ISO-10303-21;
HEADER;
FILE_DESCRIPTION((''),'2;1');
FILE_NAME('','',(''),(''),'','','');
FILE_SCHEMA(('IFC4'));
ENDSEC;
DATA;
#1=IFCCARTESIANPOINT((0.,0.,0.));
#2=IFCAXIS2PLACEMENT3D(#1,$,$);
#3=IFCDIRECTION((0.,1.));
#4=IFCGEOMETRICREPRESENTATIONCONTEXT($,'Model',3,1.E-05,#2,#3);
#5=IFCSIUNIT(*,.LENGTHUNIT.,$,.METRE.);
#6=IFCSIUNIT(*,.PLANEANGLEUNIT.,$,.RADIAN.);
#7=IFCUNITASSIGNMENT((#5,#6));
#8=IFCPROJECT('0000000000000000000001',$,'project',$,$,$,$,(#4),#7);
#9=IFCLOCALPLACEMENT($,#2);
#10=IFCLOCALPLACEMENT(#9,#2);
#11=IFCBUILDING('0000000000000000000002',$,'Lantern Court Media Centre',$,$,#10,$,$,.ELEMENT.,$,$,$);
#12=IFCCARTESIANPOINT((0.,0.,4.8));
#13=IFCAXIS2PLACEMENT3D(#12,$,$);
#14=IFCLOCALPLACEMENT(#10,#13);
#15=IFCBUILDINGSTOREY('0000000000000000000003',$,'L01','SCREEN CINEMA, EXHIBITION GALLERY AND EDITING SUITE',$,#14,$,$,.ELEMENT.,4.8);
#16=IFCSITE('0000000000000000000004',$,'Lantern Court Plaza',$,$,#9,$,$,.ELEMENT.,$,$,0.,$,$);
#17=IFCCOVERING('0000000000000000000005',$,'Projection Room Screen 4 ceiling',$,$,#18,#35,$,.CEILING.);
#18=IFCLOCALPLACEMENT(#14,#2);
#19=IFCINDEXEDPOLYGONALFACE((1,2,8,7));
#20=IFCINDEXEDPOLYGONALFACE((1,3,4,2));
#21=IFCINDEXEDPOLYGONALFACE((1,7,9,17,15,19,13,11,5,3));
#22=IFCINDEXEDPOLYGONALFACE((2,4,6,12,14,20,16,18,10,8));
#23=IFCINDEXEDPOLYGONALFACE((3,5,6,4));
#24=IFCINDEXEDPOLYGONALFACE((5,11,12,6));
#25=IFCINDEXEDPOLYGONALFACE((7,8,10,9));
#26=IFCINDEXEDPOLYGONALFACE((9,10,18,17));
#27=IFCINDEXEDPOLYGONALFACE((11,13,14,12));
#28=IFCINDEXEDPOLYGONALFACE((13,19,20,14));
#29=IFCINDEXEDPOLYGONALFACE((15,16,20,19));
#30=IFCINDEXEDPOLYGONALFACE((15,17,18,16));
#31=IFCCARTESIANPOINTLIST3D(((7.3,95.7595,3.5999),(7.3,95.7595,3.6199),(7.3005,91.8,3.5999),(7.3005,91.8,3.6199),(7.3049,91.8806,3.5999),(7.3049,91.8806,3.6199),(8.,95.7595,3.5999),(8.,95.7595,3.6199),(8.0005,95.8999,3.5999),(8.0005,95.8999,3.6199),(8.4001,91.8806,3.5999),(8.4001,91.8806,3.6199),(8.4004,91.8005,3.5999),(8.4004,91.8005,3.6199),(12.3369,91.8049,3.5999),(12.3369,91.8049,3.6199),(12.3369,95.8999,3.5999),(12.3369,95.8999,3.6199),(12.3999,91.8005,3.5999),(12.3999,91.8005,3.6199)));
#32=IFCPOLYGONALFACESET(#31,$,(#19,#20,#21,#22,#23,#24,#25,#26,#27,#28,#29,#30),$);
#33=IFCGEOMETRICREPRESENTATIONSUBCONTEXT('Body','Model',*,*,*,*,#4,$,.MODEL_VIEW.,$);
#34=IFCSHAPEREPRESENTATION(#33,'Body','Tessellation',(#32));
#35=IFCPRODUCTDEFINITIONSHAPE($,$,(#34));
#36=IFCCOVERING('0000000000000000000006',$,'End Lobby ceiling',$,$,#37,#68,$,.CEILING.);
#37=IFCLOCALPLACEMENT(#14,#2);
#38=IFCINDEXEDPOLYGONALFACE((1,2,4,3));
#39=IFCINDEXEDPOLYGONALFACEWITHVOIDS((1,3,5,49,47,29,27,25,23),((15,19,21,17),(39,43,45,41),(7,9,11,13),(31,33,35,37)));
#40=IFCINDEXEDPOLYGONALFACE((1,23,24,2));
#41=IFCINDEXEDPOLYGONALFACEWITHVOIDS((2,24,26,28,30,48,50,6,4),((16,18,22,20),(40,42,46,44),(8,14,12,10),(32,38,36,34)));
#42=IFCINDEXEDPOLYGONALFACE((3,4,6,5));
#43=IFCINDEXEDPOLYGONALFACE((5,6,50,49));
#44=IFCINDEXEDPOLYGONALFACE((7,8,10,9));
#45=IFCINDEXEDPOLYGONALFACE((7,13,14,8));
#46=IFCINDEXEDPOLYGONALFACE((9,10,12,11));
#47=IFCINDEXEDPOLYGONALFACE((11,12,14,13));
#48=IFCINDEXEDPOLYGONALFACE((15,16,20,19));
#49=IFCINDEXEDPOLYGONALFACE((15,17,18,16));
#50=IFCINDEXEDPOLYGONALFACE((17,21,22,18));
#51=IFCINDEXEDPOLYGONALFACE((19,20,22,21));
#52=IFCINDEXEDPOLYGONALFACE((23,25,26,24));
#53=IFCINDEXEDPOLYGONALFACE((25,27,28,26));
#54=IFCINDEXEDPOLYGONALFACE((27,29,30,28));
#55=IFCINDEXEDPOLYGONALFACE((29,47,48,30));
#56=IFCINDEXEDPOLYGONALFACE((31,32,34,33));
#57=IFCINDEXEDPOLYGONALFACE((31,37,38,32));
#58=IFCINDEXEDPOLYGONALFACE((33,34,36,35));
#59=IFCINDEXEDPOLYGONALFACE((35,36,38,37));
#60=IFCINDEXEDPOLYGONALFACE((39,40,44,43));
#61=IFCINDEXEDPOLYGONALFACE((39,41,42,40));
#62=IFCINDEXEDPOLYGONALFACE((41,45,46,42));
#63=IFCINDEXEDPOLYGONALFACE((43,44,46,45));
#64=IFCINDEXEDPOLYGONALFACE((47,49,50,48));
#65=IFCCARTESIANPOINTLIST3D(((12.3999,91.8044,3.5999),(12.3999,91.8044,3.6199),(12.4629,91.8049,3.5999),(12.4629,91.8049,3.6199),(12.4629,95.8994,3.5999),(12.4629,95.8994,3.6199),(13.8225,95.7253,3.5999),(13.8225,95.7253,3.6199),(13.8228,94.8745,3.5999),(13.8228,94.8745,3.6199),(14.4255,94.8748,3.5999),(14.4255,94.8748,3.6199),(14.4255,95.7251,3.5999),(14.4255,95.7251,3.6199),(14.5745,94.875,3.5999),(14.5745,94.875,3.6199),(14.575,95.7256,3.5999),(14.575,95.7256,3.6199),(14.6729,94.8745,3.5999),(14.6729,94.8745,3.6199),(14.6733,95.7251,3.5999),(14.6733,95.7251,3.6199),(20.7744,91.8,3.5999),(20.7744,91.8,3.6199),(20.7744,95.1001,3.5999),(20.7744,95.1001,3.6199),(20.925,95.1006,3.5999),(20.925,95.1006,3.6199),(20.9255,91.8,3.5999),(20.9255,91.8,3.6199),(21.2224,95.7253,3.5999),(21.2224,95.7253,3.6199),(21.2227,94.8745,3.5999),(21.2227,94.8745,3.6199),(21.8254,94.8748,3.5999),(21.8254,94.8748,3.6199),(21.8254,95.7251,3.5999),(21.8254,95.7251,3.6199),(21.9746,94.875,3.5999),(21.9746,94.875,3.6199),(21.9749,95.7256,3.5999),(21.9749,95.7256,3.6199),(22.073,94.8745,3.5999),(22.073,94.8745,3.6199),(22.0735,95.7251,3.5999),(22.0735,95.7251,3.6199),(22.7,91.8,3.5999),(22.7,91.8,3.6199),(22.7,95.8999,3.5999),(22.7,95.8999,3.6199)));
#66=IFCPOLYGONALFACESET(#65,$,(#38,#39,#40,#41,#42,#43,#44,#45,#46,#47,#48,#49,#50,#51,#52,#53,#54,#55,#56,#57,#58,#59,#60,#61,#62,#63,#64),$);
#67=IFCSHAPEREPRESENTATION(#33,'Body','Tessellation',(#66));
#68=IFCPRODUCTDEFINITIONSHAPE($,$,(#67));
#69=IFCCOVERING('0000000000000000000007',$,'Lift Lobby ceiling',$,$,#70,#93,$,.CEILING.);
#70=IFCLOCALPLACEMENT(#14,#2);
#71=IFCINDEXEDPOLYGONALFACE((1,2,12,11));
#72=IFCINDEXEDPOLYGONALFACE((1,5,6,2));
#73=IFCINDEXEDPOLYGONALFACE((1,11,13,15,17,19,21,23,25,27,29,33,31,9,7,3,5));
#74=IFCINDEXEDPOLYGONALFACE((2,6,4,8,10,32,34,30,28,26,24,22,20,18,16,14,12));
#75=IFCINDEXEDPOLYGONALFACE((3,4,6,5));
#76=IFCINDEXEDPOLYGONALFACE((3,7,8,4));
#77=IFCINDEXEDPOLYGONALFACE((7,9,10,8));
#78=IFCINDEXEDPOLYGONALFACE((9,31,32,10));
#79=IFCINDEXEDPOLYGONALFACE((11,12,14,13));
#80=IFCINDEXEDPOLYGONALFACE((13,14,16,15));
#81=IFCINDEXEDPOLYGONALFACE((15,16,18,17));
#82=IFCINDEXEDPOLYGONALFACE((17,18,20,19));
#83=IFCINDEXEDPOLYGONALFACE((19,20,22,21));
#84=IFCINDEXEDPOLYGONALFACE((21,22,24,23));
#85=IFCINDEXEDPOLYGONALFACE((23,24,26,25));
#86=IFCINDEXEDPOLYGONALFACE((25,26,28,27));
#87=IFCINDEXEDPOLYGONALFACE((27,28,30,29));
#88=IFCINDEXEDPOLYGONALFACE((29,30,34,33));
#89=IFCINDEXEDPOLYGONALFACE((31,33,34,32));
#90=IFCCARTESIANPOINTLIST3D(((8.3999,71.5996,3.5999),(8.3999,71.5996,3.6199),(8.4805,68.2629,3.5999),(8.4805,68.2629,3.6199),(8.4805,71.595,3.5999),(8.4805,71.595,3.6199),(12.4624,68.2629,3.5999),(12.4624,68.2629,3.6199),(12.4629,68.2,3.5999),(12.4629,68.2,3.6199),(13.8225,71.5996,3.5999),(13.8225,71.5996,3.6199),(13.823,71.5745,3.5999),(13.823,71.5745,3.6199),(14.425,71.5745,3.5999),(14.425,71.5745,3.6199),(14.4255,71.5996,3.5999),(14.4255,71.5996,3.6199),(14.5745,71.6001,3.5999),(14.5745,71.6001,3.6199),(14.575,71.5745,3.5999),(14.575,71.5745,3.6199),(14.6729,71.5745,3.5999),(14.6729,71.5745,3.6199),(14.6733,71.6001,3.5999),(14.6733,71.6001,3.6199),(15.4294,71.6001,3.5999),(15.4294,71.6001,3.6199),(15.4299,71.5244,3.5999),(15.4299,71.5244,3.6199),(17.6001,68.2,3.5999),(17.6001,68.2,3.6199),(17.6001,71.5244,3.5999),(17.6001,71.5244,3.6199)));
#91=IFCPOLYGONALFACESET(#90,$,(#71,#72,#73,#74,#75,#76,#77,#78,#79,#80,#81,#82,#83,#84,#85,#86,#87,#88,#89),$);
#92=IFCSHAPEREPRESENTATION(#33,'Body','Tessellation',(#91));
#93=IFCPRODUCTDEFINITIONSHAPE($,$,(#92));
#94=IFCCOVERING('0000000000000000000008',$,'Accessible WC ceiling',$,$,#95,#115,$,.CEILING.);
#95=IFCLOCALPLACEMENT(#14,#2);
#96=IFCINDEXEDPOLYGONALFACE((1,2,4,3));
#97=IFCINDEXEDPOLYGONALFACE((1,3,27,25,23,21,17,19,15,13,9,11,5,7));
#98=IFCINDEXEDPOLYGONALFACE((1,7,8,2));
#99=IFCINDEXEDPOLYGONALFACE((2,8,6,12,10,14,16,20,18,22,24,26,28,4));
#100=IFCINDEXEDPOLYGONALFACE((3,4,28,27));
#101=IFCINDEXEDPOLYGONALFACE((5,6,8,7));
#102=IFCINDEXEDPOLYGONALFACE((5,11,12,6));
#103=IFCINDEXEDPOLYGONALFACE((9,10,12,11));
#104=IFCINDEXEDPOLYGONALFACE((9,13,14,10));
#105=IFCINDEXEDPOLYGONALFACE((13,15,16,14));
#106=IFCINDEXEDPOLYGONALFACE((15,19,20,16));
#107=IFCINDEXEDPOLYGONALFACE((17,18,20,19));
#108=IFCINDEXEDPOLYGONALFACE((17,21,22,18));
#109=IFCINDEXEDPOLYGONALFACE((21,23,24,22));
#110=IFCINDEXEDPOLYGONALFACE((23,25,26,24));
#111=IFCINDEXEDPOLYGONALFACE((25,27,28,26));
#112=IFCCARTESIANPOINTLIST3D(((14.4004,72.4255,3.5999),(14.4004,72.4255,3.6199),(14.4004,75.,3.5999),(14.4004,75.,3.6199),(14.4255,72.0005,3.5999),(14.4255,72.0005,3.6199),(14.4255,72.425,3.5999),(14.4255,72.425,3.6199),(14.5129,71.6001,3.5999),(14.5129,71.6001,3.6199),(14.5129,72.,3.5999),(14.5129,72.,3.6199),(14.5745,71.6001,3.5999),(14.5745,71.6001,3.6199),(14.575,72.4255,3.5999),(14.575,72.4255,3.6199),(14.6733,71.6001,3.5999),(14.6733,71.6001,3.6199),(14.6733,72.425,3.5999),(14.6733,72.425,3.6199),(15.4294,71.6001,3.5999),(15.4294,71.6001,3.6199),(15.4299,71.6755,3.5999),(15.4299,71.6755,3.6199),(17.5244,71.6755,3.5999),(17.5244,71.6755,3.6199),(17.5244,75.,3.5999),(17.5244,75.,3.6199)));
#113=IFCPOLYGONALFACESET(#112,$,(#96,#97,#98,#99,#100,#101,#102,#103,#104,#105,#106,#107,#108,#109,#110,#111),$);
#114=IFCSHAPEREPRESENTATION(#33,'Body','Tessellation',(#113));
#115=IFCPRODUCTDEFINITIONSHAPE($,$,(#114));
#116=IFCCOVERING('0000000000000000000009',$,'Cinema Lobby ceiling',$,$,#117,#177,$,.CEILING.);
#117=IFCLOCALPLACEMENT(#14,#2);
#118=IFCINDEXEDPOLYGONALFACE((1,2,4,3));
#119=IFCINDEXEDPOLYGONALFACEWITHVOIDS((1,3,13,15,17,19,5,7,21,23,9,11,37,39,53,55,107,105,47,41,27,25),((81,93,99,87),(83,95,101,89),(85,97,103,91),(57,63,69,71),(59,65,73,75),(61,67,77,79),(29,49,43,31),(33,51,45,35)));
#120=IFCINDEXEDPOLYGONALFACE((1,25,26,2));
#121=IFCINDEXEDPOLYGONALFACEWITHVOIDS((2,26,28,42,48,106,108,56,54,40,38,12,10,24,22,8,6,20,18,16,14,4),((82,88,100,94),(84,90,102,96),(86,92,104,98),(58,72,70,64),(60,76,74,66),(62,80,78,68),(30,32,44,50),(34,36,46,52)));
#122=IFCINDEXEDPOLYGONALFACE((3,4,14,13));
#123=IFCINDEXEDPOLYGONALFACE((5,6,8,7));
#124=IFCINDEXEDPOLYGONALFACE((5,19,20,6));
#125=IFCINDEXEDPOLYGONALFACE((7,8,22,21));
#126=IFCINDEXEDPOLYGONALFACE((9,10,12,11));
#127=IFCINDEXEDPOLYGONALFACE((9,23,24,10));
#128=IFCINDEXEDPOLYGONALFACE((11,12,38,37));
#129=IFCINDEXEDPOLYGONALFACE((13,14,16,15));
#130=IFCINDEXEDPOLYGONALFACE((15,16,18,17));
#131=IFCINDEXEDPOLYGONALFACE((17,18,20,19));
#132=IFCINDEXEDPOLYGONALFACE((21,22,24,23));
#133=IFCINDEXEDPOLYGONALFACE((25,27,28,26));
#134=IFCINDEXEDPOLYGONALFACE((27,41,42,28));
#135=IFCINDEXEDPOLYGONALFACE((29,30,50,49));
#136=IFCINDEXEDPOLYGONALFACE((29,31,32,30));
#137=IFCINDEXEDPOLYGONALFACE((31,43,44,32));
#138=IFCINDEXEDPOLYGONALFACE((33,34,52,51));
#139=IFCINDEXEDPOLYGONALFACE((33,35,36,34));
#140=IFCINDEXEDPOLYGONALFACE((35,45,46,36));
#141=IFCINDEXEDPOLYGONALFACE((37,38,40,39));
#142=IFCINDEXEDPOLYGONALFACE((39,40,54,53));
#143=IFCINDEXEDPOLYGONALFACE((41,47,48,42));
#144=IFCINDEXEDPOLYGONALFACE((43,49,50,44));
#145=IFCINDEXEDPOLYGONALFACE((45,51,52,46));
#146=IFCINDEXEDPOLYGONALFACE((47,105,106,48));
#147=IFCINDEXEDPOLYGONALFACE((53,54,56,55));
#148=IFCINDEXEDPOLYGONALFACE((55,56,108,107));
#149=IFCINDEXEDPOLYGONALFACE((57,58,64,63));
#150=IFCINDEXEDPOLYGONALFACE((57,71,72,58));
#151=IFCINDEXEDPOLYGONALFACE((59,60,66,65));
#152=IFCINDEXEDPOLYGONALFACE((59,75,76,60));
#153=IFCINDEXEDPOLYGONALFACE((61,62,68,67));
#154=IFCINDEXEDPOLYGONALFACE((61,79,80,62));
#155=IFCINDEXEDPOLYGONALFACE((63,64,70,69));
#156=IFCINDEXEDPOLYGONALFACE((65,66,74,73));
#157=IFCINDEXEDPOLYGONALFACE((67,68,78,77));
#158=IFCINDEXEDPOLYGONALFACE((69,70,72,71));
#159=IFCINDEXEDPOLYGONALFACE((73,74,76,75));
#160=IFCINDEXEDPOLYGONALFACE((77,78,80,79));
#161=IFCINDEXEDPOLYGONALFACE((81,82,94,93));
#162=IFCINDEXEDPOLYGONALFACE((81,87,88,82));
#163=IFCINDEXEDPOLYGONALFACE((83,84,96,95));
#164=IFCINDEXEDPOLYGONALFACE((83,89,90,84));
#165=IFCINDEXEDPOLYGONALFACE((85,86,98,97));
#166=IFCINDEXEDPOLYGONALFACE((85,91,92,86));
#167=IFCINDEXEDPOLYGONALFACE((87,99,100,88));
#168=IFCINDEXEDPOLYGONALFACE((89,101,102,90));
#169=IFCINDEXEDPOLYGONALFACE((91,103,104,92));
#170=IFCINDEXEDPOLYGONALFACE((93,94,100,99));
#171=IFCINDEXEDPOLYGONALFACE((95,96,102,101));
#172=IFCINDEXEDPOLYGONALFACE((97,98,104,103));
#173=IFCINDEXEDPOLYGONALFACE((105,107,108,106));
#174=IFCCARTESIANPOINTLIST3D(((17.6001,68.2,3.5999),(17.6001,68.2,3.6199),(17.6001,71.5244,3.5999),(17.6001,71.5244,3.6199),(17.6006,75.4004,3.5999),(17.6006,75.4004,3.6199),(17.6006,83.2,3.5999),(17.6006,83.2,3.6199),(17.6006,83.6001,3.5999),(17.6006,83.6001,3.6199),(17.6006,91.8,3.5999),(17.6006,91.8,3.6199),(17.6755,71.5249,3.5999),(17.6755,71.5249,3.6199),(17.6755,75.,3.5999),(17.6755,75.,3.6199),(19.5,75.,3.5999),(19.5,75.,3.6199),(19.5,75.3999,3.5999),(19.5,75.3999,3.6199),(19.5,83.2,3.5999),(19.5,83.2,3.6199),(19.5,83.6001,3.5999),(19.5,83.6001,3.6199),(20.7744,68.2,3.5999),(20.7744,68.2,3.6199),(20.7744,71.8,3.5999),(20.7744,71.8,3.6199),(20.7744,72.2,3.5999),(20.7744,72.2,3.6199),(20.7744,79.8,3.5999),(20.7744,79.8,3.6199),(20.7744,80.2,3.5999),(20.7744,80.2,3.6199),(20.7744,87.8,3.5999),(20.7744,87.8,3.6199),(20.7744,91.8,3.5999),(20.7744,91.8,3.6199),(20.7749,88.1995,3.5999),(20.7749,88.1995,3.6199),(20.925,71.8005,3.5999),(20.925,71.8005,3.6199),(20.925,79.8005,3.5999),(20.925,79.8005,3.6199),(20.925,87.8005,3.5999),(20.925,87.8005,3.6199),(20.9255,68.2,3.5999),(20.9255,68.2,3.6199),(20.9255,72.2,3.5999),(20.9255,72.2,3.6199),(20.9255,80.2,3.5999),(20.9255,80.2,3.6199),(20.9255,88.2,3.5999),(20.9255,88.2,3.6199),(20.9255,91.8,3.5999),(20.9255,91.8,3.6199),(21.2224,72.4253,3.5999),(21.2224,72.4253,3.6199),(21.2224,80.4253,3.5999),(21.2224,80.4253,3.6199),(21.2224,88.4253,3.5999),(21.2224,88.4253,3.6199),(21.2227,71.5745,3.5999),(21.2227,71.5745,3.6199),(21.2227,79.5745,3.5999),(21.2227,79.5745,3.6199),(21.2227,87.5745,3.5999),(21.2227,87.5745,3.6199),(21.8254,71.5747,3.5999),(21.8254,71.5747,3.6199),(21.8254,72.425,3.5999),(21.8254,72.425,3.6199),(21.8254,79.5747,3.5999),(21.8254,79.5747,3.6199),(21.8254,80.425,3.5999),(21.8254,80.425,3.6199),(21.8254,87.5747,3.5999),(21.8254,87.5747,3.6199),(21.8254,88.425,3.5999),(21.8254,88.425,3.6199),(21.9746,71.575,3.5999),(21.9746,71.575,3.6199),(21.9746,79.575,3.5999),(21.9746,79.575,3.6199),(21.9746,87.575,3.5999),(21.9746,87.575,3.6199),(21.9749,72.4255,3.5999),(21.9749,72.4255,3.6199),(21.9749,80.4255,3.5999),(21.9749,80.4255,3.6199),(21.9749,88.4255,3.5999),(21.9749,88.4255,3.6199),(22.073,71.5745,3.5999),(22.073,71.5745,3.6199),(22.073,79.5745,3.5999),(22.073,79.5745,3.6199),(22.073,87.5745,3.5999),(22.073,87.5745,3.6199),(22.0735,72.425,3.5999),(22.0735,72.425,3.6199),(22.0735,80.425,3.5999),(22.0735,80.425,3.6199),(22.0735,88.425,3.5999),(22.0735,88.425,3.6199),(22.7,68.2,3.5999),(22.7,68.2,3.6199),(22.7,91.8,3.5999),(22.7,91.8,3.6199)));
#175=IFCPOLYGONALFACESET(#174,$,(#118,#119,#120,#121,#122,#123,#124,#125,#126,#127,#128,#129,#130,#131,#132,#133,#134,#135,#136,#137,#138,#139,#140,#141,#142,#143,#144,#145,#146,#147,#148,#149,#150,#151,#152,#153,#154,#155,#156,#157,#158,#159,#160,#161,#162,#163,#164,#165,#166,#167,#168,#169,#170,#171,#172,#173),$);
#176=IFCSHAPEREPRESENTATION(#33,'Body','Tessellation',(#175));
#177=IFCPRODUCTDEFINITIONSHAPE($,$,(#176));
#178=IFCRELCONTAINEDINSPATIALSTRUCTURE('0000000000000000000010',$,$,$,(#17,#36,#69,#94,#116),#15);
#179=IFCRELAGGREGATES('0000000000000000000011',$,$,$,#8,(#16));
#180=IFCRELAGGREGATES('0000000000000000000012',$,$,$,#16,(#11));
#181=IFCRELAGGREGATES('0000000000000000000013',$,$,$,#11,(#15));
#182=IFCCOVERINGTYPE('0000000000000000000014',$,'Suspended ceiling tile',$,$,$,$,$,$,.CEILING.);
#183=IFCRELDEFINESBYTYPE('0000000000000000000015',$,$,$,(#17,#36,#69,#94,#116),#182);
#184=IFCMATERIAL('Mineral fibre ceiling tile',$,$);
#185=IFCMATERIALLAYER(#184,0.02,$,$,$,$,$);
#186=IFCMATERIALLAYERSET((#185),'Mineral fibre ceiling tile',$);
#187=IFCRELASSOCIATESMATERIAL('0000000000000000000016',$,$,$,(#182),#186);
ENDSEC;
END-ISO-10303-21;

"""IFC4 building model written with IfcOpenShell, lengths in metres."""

from ifc_helpers import new_model, si_unit, direction, frame, origin, place, context, subcontext, project, spatial, polyline, outline, extrude, material, layer, layer_set, type_object, element, save


model = new_model("IFC4")

# Units and contexts
model_context = context("Model", 3, precision=1e-05, world=origin(), true_north=direction((0.0, 1.0)))
body_context = subcontext(model_context, "Body", "Model", "MODEL_VIEW")
ifc_project = project(units=[si_unit("LENGTHUNIT", "METRE"), si_unit("PLANEANGLEUNIT", "RADIAN")], contexts=[model_context])

# Site, building, storey
site_placement = place(None, origin())
site = spatial("IfcSite", under=ifc_project, at=site_placement, Name="Lantern Court Plaza", CompositionType="ELEMENT", RefElevation=0.0)
building_placement = place(site_placement, origin())
building = spatial("IfcBuilding", under=site, at=building_placement, Name="Lantern Court Media Centre", CompositionType="ELEMENT")
storey_placement = place(building_placement, frame((0.0, 0.0, 4.8)))
storey = spatial("IfcBuildingStorey", under=building, at=storey_placement, Name="L01", Description="SCREEN CINEMA, EXHIBITION GALLERY AND EDITING SUITE", CompositionType="ELEMENT", Elevation=4.8)

# Coverings
ifc_material_1 = material(Name="Mineral fibre ceiling tile")
ifc_layer_1 = layer(ifc_material_1, 0.02)
ifc_layer_set_1 = layer_set([ifc_layer_1], Name="Mineral fibre ceiling tile")
covering_type_1 = type_object("IfcCoveringType", Name="Suspended ceiling tile", PredefinedType="CEILING", material=ifc_layer_set_1)
covering_1_placement = place(storey_placement, frame((0.0, 0.0, 3.5999)))
element("IfcCovering", 1, at=covering_1_placement, inside=storey, type_object=covering_type_1, Name="Projection Room Screen 4 ceiling", PredefinedType="CEILING", context=body_context, shape_type="SweptSolid", body=[
    extrude(outline(polyline([(12.3999, 91.8005), (8.4004, 91.8005), (8.4001, 91.8806), (7.3049, 91.8806), (7.3005, 91.8), (7.3, 95.7595), (8.0, 95.7595), (8.0005, 95.8999), (12.3369, 95.8999), (12.3369, 91.8049), (12.3999, 91.8005)])), origin(), (0.0, 0.0, 1.0), 0.02),
])
covering_2_placement = place(storey_placement, frame((0.0, 0.0, 3.5999)))
element("IfcCovering", 2, at=covering_2_placement, inside=storey, type_object=covering_type_1, Name="End Lobby ceiling", PredefinedType="CEILING", context=body_context, shape_type="SweptSolid", body=[
    extrude(outline(polyline([(12.3999, 91.8044), (12.4629, 91.8049), (12.4629, 95.8994), (22.7, 95.8999), (22.7, 91.8), (20.9255, 91.8), (20.925, 95.1006), (20.7744, 95.1001), (20.7744, 91.8), (12.3999, 91.8044)]), holes=[polyline([(22.073, 94.8745), (22.0735, 95.7251), (21.9749, 95.7256), (21.9746, 94.875), (22.073, 94.8745)]), polyline([(21.8254, 95.7251), (21.2224, 95.7253), (21.2227, 94.8745), (21.8254, 94.8748), (21.8254, 95.7251)]), polyline([(14.6729, 94.8745), (14.6733, 95.7251), (14.575, 95.7256), (14.5745, 94.875), (14.6729, 94.8745)]), polyline([(14.4255, 95.7251), (13.8225, 95.7253), (13.8228, 94.8745), (14.4255, 94.8748), (14.4255, 95.7251)])]), origin(), (0.0, 0.0, 1.0), 0.02),
])
covering_3_placement = place(storey_placement, frame((0.0, 0.0, 3.5999)))
element("IfcCovering", 3, at=covering_3_placement, inside=storey, type_object=covering_type_1, Name="Lift Lobby ceiling", PredefinedType="CEILING", context=body_context, shape_type="SweptSolid", body=[
    extrude(outline(polyline([(17.6001, 68.2), (12.4629, 68.2), (12.4624, 68.2629), (8.4805, 68.2629), (8.4805, 71.595), (8.3999, 71.5996), (13.8225, 71.5996), (13.823, 71.5745), (14.425, 71.5745), (14.4255, 71.5996), (14.5745, 71.6001), (14.575, 71.5745), (14.6729, 71.5745), (14.6733, 71.6001), (15.4294, 71.6001), (15.4299, 71.5244), (17.6001, 71.5244), (17.6001, 68.2)])), origin(), (0.0, 0.0, 1.0), 0.02),
])
covering_4_placement = place(storey_placement, frame((0.0, 0.0, 3.5999)))
element("IfcCovering", 4, at=covering_4_placement, inside=storey, type_object=covering_type_1, Name="Accessible WC ceiling", PredefinedType="CEILING", context=body_context, shape_type="SweptSolid", body=[
    extrude(outline(polyline([(17.5244, 75.0), (17.5244, 71.6755), (15.4299, 71.6755), (15.4294, 71.6001), (14.6733, 71.6001), (14.6733, 72.425), (14.575, 72.4255), (14.5745, 71.6001), (14.5129, 71.6001), (14.5129, 72.0), (14.4255, 72.0005), (14.4255, 72.425), (14.4004, 72.4255), (14.4004, 75.0), (17.5244, 75.0)])), origin(), (0.0, 0.0, 1.0), 0.02),
])
covering_5_placement = place(storey_placement, frame((0.0, 0.0, 3.5999)))
element("IfcCovering", 5, at=covering_5_placement, inside=storey, type_object=covering_type_1, Name="Cinema Lobby ceiling", PredefinedType="CEILING", context=body_context, shape_type="SweptSolid", body=[
    extrude(outline(polyline([(17.6001, 68.2), (17.6001, 71.5244), (17.6755, 71.5249), (17.6755, 75.0), (19.5, 75.0), (19.5, 75.3999), (17.6006, 75.4004), (17.6006, 83.2), (19.5, 83.2), (19.5, 83.6001), (17.6006, 83.6001), (17.6006, 91.8), (20.7744, 91.8), (20.7749, 88.1995), (20.9255, 88.2), (20.9255, 91.8), (22.7, 91.8), (22.7, 68.2), (20.9255, 68.2), (20.925, 71.8005), (20.7744, 71.8), (20.7744, 68.2), (17.6001, 68.2)]), holes=[polyline([(22.073, 87.5745), (22.0735, 88.425), (21.9749, 88.4255), (21.9746, 87.575), (22.073, 87.5745)]), polyline([(22.073, 79.5745), (22.0735, 80.425), (21.9749, 80.4255), (21.9746, 79.575), (22.073, 79.5745)]), polyline([(22.073, 71.5745), (22.0735, 72.425), (21.9749, 72.4255), (21.9746, 71.575), (22.073, 71.5745)]), polyline([(21.8254, 72.425), (21.2224, 72.4253), (21.2227, 71.5745), (21.8254, 71.5747), (21.8254, 72.425)]), polyline([(21.8254, 88.425), (21.2224, 88.4253), (21.2227, 87.5745), (21.8254, 87.5747), (21.8254, 88.425)]), polyline([(21.8254, 80.425), (21.2224, 80.4253), (21.2227, 79.5745), (21.8254, 79.5747), (21.8254, 80.425)]), polyline([(20.7744, 72.2), (20.9255, 72.2), (20.925, 79.8005), (20.7744, 79.8), (20.7744, 72.2)]), polyline([(20.7744, 80.2), (20.9255, 80.2), (20.925, 87.8005), (20.7744, 87.8), (20.7744, 80.2)])]), origin(), (0.0, 0.0, 1.0), 0.02),
])

save(model, "model.ifc")
